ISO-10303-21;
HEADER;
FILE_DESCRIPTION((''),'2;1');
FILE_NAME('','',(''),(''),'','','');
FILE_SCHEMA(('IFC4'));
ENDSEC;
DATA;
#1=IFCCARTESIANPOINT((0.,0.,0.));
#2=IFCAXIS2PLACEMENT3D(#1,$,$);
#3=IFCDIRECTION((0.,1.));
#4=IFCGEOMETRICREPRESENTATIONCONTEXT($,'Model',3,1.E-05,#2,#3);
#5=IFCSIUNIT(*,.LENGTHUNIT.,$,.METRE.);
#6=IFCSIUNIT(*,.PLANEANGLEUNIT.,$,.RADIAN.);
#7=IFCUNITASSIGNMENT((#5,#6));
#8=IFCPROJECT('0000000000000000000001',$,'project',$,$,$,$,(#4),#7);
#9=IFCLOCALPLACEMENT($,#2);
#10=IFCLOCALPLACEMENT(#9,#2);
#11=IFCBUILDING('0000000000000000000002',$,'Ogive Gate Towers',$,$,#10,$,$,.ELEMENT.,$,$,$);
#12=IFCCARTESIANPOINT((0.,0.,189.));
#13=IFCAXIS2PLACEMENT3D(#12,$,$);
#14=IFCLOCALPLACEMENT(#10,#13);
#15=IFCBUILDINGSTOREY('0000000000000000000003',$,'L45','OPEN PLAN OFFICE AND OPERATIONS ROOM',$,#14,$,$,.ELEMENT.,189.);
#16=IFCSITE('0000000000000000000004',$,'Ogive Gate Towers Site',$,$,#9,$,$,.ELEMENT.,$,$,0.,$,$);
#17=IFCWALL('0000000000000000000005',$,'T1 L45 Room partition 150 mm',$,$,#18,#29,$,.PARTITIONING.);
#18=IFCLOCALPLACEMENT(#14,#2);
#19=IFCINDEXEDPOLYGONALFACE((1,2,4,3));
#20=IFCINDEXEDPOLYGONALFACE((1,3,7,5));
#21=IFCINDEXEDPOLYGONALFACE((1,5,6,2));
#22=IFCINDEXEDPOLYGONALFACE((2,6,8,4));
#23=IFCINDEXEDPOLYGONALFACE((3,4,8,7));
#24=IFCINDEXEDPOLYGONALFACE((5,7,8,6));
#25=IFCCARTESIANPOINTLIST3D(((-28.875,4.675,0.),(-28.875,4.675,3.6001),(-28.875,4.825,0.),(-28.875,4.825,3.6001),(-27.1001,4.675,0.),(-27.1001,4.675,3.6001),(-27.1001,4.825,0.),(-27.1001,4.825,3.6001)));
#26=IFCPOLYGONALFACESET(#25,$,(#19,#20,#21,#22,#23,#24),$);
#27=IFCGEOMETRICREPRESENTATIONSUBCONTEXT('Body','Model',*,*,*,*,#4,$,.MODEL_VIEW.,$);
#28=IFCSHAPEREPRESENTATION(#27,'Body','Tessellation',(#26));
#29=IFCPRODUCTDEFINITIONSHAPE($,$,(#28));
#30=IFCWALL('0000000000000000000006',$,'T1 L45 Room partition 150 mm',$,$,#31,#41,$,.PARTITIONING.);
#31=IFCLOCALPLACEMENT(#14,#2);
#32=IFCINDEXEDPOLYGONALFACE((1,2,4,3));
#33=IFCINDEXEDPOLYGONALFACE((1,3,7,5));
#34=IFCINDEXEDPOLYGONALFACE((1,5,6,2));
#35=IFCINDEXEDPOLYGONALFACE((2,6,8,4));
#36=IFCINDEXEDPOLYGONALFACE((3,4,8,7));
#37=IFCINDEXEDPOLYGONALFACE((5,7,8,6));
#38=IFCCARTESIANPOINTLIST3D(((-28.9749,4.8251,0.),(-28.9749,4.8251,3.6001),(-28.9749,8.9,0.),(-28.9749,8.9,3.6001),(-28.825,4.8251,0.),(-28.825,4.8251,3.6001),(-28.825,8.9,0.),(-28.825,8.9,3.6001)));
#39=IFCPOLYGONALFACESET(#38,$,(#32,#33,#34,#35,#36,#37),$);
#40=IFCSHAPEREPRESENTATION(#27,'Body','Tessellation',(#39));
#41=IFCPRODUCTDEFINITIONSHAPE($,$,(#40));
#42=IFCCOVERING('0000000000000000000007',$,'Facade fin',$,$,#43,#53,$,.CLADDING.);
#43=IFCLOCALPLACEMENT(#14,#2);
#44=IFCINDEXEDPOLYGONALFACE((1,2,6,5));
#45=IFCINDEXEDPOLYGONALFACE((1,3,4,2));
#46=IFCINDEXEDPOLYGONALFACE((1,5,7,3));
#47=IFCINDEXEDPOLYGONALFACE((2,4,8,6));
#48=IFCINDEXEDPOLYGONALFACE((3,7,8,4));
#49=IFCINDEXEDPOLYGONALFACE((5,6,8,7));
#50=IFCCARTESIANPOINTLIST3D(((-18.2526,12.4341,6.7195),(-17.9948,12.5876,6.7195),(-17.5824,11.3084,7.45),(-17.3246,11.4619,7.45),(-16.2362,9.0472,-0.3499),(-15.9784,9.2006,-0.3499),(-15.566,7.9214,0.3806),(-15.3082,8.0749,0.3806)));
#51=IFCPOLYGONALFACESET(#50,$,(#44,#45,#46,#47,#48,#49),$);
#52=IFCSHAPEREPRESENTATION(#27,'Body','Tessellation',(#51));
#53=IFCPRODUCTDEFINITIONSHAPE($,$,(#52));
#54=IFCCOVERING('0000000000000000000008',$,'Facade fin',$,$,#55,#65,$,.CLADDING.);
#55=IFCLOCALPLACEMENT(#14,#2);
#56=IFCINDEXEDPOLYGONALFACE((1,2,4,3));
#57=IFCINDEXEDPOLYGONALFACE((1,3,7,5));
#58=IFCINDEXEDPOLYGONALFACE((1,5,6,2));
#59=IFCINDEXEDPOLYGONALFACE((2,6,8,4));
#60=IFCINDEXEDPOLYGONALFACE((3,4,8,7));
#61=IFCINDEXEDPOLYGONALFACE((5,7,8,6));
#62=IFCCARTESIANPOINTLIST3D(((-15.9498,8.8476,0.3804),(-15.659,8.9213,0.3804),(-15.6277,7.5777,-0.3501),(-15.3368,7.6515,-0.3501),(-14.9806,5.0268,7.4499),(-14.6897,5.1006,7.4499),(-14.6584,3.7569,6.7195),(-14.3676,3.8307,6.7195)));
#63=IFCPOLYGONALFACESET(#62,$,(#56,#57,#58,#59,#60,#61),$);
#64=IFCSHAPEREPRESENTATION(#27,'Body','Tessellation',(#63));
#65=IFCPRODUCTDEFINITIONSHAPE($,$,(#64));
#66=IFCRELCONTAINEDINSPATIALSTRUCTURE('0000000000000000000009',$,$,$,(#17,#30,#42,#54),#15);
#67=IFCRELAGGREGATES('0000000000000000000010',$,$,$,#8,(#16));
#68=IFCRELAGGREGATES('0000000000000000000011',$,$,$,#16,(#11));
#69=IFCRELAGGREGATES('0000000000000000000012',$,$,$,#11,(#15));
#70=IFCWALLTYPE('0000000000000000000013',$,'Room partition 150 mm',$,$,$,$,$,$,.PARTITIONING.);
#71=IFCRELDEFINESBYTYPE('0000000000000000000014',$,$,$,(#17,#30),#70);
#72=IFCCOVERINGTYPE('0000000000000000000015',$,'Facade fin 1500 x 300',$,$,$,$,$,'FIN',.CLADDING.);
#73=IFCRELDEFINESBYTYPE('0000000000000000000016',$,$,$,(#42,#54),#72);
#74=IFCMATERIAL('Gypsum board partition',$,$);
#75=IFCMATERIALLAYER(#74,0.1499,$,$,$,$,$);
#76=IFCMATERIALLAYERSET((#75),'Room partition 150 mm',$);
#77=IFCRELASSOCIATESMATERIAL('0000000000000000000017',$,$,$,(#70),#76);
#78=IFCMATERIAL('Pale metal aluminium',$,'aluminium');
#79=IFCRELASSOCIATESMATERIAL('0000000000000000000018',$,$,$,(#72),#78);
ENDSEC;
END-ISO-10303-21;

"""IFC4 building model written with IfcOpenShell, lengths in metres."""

from ifc_helpers import new_model, si_unit, direction, frame, frame_2d, origin, origin_2d, place, context, subcontext, project, spatial, rectangle, extrude, material, layer, layer_set, material_profile, profile_set, type_object, element, save


model = new_model("IFC4")

# Units and contexts
model_context = context("Model", 3, precision=1e-05, world=origin(), true_north=direction((0.0, 1.0)))
body_context = subcontext(model_context, "Body", "Model", "MODEL_VIEW")
ifc_project = project(units=[si_unit("LENGTHUNIT", "METRE"), si_unit("PLANEANGLEUNIT", "RADIAN")], contexts=[model_context])

# Site, building, storey
site_placement = place(None, origin())
site = spatial("IfcSite", under=ifc_project, at=site_placement, Name="Ogive Gate Towers Site", CompositionType="ELEMENT", RefElevation=0.0)
building_placement = place(site_placement, origin())
building = spatial("IfcBuilding", under=site, at=building_placement, Name="Ogive Gate Towers", CompositionType="ELEMENT")
storey_placement = place(building_placement, frame((0.0, 0.0, 189.0)))
storey = spatial("IfcBuildingStorey", under=building, at=storey_placement, Name="L45", Description="OPEN PLAN OFFICE AND OPERATIONS ROOM", CompositionType="ELEMENT", Elevation=189.0)

# Shared definitions
ifc_material_1 = material(Name="Pale metal aluminium", Category="aluminium")

# Shared definitions
ifc_material_2 = material(Name="Gypsum board partition")

# Walls
ifc_layer_1 = layer(ifc_material_2, 0.1499)
ifc_layer_set_1 = layer_set([ifc_layer_1], Name="Room partition 150 mm")
wall_type_1 = type_object("IfcWallType", Name="Room partition 150 mm", PredefinedType="PARTITIONING", material=ifc_layer_set_1)
wall_1_placement = place(storey_placement, frame((-28.875, 4.75, 0.0), z_axis=(0.0, 0.0, 1.0), x_axis=(1.0, 0.0, 0.0)))
element("IfcWall", 1, at=wall_1_placement, inside=storey, type_object=wall_type_1, Name="T1 L45 Room partition 150 mm", PredefinedType="PARTITIONING", context=body_context, shape_type="SweptSolid", body=[
    extrude(rectangle(XDim=1.7749, YDim=0.1499, at=frame_2d((0.8875, 0.0))), origin(), (0.0, 0.0, 1.0), 3.6001),
])
wall_2_placement = place(storey_placement, frame((-28.8999, 4.825, 0.0), z_axis=(0.0, 0.0, 1.0), x_axis=(0.0, 1.0, 0.0)))
element("IfcWall", 2, at=wall_2_placement, inside=storey, type_object=wall_type_1, Name="T1 L45 Room partition 150 mm", PredefinedType="PARTITIONING", context=body_context, shape_type="SweptSolid", body=[
    extrude(rectangle(XDim=4.075, YDim=0.1499, at=frame_2d((2.0376, 0.0))), origin(), (0.0, 0.0, 1.0), 3.6001),
])

# Coverings
ifc_material_profile_1 = material_profile(ifc_material_1, rectangle(XDim=0.3, YDim=1.5, at=origin_2d()), Name="1500 x 300 pale metal aluminium")
ifc_profile_set_1 = profile_set([ifc_material_profile_1], Name="Pale metal aluminium")
covering_type = type_object("IfcCoveringType", Name="Facade fin 1500 x 300", ElementType="FIN", PredefinedType="CLADDING", material=ifc_profile_set_1)
covering_1_placement = place(storey_placement, frame((-15.7722, 8.561, 0.0154), z_axis=(-0.249118, 0.418454, 0.873405), x_axis=(-0.859259, -0.511542, 0.0)))
element("IfcCovering", 3, at=covering_1_placement, inside=storey, type_object=covering_type, Name="Facade fin", PredefinedType="CLADDING", context=body_context, shape_type="SweptSolid", body=[
    extrude(rectangle(XDim=0.3, YDim=1.5, at=origin_2d()), origin(), (0.0, 0.0, 1.0), 8.094),
])
covering_2_placement = place(storey_placement, frame((-15.6433, 8.2495, 0.0151), z_axis=(0.119744, -0.472039, 0.873408), x_axis=(0.969299, 0.245886, 0.0)))
element("IfcCovering", 4, at=covering_2_placement, inside=storey, type_object=covering_type, Name="Facade fin", PredefinedType="CLADDING", context=body_context, shape_type="SweptSolid", body=[
    extrude(rectangle(XDim=0.3, YDim=1.5, at=origin_2d()), origin(), (0.0, 0.0, 1.0), 8.0942),
])

save(model, "model.ifc")
